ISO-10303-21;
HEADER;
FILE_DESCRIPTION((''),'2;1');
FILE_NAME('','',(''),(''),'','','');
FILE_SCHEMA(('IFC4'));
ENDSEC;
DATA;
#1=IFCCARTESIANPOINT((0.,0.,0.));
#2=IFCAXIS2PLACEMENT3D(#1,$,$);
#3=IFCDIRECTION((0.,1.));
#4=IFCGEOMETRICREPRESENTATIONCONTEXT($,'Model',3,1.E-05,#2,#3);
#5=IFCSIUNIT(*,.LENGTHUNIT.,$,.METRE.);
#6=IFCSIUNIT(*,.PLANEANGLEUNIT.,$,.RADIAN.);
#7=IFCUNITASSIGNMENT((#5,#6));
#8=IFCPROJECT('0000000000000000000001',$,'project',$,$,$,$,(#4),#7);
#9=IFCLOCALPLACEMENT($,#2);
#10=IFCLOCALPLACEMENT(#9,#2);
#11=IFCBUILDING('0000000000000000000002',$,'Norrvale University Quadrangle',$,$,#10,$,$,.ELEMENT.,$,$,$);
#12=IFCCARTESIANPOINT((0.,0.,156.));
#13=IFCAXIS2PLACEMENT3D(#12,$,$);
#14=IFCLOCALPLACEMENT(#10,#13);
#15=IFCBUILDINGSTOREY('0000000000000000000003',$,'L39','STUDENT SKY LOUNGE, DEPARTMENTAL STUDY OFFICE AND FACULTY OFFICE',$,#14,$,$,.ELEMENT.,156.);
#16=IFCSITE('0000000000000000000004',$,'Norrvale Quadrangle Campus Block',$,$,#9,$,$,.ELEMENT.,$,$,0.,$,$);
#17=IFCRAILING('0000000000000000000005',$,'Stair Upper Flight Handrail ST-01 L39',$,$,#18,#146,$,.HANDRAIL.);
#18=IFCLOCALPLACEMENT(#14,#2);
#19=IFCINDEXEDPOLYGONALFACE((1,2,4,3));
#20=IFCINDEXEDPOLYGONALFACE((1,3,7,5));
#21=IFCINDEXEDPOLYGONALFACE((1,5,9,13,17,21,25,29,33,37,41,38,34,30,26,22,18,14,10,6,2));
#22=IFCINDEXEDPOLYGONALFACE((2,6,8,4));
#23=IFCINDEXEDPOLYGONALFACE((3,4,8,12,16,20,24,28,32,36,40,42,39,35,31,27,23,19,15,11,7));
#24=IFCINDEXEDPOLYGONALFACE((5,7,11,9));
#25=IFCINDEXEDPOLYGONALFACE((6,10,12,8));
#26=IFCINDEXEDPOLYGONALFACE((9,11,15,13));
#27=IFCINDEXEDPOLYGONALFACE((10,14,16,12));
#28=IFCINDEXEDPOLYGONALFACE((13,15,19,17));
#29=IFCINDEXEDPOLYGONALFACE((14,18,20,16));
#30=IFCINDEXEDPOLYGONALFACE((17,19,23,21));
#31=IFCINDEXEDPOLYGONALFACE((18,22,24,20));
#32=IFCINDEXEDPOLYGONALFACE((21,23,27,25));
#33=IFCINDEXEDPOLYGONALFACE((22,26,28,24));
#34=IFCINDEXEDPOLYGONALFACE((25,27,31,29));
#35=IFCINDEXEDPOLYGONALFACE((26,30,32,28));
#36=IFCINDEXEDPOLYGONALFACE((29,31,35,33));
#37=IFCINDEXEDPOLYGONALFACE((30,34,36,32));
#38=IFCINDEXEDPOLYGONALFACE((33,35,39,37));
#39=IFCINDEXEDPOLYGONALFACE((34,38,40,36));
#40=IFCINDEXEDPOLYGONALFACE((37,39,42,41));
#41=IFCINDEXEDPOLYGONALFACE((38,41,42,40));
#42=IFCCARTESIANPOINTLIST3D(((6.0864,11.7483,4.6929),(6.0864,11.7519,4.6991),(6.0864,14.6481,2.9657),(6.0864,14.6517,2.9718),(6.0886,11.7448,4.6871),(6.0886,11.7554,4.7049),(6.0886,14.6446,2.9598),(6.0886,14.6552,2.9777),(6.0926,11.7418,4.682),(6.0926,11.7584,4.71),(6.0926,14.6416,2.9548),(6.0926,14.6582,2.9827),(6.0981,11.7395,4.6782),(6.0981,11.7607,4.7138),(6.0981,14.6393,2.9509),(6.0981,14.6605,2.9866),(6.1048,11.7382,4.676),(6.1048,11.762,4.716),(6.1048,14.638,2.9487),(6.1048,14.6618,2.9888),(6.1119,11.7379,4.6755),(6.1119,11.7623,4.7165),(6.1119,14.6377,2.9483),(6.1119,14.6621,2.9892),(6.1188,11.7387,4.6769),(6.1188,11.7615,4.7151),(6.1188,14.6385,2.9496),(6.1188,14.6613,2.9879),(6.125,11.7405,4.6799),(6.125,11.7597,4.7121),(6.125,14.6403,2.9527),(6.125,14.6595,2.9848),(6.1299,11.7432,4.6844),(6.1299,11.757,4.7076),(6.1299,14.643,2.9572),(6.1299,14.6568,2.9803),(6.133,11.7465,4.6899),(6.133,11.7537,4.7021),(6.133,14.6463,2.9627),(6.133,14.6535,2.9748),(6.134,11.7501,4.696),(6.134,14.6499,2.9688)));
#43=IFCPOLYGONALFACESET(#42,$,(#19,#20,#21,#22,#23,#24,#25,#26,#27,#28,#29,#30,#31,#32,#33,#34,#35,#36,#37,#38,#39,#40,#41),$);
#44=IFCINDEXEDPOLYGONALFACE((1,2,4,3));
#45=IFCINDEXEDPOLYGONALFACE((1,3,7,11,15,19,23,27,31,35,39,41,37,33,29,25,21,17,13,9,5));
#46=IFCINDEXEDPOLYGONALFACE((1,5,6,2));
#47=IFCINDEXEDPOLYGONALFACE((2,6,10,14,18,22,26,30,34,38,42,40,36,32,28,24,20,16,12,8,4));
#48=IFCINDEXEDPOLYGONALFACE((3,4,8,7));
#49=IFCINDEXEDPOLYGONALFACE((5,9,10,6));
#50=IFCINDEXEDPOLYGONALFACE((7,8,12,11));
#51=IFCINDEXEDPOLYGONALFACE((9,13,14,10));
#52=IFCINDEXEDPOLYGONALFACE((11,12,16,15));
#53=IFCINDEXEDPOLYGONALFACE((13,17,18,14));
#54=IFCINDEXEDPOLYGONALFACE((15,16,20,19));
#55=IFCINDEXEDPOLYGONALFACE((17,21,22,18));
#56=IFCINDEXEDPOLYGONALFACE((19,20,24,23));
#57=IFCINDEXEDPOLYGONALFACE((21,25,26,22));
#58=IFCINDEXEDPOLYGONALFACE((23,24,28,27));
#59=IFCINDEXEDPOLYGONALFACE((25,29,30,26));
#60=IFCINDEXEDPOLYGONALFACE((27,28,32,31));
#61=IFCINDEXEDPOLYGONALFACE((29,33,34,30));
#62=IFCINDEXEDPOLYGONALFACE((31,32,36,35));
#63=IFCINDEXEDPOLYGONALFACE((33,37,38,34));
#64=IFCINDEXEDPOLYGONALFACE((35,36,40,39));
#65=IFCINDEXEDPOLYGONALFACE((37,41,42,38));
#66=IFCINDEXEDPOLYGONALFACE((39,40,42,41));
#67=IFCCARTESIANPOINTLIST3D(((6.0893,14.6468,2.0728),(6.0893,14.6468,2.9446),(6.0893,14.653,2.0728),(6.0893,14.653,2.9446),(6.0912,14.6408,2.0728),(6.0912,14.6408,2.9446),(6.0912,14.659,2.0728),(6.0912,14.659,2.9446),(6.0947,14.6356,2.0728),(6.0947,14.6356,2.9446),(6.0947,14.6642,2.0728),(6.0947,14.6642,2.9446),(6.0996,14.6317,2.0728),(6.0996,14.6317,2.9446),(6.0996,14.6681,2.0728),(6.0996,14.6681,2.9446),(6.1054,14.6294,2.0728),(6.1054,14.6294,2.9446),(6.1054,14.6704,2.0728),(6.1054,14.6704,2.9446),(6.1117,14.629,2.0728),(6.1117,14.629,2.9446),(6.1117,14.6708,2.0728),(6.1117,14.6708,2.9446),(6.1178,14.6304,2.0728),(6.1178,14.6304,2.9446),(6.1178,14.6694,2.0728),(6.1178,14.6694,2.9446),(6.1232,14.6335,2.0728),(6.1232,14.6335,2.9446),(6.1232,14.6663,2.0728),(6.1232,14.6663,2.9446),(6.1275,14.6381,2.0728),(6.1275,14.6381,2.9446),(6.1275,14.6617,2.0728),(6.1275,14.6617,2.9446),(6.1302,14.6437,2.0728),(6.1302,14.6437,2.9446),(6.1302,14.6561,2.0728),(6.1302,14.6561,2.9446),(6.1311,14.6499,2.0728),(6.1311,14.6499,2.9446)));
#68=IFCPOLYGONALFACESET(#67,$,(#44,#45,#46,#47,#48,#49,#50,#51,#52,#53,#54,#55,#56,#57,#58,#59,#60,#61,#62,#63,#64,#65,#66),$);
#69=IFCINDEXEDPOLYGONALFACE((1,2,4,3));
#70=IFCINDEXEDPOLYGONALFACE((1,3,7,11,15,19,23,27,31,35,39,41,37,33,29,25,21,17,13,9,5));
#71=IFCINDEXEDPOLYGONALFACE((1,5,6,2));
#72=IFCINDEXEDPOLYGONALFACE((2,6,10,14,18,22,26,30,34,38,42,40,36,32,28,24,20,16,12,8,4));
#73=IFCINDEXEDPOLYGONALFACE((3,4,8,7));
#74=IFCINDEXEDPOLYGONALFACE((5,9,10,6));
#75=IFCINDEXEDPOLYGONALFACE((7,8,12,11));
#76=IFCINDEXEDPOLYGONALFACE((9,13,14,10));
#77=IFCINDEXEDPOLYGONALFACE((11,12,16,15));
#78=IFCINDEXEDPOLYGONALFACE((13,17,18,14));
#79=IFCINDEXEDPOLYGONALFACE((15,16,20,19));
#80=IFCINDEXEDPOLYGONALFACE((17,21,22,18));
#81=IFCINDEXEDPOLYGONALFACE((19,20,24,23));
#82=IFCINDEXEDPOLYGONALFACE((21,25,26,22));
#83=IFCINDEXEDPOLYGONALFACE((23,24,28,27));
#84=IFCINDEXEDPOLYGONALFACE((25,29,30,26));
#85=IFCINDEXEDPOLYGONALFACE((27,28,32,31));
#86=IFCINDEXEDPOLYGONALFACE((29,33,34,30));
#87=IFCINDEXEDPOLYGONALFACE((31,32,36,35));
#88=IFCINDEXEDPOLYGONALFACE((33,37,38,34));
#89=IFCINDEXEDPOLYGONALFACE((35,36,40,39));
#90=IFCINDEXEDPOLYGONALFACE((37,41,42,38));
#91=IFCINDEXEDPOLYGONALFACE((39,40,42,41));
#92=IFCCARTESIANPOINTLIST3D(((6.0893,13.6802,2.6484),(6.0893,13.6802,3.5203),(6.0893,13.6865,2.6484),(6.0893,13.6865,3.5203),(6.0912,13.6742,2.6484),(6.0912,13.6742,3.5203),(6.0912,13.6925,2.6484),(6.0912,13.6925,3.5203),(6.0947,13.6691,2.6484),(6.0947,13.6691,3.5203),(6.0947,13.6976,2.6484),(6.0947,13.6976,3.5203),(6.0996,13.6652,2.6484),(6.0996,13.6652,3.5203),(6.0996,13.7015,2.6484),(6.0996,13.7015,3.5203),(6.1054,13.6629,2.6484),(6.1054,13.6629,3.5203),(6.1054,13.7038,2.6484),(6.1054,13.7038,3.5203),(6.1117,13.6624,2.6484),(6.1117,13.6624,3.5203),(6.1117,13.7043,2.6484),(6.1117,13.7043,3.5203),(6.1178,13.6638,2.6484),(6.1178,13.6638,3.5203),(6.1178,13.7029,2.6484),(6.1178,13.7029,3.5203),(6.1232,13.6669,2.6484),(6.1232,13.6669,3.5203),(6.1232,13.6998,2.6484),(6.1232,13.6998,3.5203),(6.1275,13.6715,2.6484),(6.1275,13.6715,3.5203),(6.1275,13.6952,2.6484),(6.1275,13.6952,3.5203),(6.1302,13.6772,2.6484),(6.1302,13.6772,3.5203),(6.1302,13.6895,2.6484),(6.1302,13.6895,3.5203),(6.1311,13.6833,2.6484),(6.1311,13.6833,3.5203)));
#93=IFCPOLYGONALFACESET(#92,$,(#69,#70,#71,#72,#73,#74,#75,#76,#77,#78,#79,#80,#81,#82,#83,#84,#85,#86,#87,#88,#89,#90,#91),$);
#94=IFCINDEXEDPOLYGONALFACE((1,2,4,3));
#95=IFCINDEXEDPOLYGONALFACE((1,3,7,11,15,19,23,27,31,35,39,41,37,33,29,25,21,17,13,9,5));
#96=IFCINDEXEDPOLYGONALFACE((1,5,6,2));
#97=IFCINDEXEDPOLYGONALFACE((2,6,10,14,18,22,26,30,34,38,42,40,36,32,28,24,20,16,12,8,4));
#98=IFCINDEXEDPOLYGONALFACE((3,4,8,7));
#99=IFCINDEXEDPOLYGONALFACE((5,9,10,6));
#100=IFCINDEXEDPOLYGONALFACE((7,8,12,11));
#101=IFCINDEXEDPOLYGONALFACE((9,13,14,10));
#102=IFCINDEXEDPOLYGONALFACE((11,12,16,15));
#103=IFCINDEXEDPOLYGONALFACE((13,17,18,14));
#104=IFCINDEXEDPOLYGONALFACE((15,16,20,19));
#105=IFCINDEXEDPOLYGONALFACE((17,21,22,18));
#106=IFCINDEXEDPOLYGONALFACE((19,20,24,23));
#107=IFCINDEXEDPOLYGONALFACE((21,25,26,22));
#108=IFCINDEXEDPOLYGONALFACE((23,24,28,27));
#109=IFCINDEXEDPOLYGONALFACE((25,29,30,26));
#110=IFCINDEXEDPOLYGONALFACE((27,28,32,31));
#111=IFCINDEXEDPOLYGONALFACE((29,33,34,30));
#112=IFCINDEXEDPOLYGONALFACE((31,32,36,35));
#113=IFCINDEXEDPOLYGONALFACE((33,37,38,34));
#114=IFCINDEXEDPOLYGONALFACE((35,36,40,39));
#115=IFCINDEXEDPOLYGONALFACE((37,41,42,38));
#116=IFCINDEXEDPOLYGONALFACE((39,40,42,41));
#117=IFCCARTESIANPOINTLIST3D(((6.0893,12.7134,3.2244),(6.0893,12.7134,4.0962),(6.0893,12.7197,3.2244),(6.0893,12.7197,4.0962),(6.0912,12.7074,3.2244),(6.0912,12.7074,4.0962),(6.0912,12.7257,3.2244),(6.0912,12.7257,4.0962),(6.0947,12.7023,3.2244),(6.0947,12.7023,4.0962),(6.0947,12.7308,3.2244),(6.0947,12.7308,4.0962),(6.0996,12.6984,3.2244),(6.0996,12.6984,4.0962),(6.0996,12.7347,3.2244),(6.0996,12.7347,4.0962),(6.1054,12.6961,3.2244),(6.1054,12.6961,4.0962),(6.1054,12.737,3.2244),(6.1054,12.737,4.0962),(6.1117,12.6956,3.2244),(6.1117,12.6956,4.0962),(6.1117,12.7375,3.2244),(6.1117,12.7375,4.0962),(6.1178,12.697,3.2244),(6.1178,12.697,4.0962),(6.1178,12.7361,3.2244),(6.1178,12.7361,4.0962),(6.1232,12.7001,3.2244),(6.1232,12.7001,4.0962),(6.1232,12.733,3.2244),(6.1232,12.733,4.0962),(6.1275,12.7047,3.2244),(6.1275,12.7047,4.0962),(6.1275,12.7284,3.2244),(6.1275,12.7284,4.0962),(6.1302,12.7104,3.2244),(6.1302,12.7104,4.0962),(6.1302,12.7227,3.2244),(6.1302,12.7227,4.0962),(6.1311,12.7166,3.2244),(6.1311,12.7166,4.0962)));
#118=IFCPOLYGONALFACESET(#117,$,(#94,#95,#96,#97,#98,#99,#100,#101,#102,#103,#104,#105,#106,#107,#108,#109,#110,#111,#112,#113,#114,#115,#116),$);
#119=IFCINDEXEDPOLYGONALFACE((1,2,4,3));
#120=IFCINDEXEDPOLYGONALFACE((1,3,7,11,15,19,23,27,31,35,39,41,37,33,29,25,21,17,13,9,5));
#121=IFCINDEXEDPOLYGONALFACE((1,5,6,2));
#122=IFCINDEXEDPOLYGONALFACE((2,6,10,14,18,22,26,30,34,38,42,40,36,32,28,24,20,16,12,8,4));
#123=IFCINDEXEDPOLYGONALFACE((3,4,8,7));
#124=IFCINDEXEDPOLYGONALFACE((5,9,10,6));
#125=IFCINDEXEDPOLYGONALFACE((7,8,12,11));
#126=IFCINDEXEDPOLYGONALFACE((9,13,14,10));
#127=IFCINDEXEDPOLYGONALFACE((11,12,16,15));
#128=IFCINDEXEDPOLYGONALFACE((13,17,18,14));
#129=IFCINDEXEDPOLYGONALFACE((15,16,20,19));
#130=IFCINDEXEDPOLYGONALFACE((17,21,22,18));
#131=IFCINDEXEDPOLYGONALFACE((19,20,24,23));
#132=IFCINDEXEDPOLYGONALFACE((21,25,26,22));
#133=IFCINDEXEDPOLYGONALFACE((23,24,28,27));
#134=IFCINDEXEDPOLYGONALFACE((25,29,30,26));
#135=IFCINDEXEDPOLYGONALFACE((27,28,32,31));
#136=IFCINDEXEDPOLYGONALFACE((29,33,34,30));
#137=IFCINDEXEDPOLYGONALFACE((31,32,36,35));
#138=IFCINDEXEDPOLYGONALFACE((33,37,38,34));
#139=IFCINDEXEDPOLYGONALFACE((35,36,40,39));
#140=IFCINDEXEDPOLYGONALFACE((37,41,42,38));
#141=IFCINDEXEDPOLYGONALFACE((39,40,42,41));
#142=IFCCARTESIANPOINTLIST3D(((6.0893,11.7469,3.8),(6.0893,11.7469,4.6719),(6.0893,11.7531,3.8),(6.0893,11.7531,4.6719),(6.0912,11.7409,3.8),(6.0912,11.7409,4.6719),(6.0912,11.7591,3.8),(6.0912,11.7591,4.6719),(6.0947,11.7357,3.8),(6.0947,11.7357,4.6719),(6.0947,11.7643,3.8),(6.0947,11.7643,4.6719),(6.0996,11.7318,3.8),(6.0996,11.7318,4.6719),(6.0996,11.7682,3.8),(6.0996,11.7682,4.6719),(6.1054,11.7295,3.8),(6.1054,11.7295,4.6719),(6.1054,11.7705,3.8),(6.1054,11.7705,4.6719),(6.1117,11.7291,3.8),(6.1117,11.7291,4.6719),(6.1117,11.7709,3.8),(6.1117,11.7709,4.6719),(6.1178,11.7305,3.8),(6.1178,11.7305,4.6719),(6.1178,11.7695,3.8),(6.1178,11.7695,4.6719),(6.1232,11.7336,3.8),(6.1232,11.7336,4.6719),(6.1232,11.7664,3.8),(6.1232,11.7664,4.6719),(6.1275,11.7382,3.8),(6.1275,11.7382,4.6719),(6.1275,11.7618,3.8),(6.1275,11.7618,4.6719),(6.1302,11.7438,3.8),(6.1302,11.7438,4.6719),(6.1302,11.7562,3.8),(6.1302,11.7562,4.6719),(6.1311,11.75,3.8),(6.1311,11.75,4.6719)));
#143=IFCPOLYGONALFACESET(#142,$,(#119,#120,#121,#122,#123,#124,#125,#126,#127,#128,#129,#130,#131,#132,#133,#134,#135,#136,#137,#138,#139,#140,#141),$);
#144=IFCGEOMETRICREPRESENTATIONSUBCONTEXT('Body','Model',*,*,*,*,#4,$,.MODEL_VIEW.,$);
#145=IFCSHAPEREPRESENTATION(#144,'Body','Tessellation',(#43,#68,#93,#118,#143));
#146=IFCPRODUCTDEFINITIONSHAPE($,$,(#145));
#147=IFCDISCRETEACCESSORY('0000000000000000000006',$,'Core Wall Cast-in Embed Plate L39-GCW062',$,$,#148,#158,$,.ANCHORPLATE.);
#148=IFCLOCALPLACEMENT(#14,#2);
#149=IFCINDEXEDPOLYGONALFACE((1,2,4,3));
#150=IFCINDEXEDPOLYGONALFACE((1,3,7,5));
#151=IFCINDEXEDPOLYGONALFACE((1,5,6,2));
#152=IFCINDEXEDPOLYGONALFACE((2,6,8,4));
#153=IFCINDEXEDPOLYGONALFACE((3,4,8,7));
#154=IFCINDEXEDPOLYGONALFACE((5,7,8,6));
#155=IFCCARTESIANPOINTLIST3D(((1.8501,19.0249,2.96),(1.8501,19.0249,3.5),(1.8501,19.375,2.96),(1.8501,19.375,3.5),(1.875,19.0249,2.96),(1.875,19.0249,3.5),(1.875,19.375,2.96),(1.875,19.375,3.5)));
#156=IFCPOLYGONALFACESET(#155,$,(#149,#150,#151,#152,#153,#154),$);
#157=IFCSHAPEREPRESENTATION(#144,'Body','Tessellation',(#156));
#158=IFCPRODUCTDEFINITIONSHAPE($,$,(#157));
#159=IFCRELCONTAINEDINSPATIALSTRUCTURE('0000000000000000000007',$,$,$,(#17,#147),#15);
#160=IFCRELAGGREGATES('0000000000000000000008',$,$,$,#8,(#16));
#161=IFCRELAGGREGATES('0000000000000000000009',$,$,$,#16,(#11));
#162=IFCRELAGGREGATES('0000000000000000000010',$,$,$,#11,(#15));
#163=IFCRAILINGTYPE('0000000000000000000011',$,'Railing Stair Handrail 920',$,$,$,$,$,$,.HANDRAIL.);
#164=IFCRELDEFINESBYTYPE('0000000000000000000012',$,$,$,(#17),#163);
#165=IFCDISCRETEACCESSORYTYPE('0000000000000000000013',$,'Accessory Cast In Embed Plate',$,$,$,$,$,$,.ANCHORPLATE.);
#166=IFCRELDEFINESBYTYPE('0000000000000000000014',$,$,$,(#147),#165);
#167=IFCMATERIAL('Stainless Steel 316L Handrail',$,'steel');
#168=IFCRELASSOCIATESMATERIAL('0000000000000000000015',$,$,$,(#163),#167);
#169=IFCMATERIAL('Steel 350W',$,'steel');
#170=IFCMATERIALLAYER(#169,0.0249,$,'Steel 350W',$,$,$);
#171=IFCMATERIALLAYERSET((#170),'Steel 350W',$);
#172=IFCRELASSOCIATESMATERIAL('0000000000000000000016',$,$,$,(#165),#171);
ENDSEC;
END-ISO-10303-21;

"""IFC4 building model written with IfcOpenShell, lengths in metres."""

from ifc_helpers import new_model, si_unit, direction, frame, origin, origin_2d, place, context, subcontext, project, spatial, rectangle, circle, extrude, material, layer, layer_set, type_object, element, save


model = new_model("IFC4")

# Units and contexts
model_context = context("Model", 3, precision=1e-05, world=origin(), true_north=direction((0.0, 1.0)))
body_context = subcontext(model_context, "Body", "Model", "MODEL_VIEW")
ifc_project = project(units=[si_unit("LENGTHUNIT", "METRE"), si_unit("PLANEANGLEUNIT", "RADIAN")], contexts=[model_context])

# Site, building, storey
site_placement = place(None, origin())
site = spatial("IfcSite", under=ifc_project, at=site_placement, Name="Norrvale Quadrangle Campus Block", CompositionType="ELEMENT", RefElevation=0.0)
building_placement = place(site_placement, origin())
building = spatial("IfcBuilding", under=site, at=building_placement, Name="Norrvale University Quadrangle", CompositionType="ELEMENT")
storey_placement = place(building_placement, frame((0.0, 0.0, 156.0)))
storey = spatial("IfcBuildingStorey", under=building, at=storey_placement, Name="L39", Description="STUDENT SKY LOUNGE, DEPARTMENTAL STUDY OFFICE AND FACULTY OFFICE", CompositionType="ELEMENT", Elevation=156.0)

# Shared definitions
ifc_material_1 = material(Name="Steel 350W", Category="steel")

# Railing
ifc_material_2 = material(Name="Stainless Steel 316L Handrail", Category="steel")
railing_type_1 = type_object("IfcRailingType", Name="Railing Stair Handrail 920", PredefinedType="HANDRAIL", material=ifc_material_2)
railing_1_placement = place(storey_placement, frame((6.1101, 14.6499, 2.0728)))
element("IfcRailing", 1, at=railing_1_placement, inside=storey, type_object=railing_type_1, Name="Stair Upper Flight Handrail ST-01 L39", PredefinedType="HANDRAIL", context=body_context, shape_type="SweptSolid", body=[
    extrude(circle(Radius=0.0239, at=origin_2d()), frame((0.0, 0.0, 0.896), z_axis=(0.0, -0.859141, 0.511738), x_axis=(1.0, 0.0, 0.0)), (0.0, 0.0, 1.0), 3.3752),
    extrude(circle(Radius=0.021, at=origin_2d()), origin(), (0.0, 0.0, 1.0), 0.8718),
    extrude(circle(Radius=0.021, at=origin_2d()), frame((0.0, -0.9666, 0.5757)), (0.0, 0.0, 1.0), 0.8718),
    extrude(circle(Radius=0.021, at=origin_2d()), frame((0.0, -1.9333, 1.1516)), (0.0, 0.0, 1.0), 0.8718),
    extrude(circle(Radius=0.021, at=origin_2d()), frame((0.0, -2.8999, 1.7273)), (0.0, 0.0, 1.0), 0.8718),
])

# Discrete accessory
ifc_layer_1 = layer(ifc_material_1, 0.0249, Name="Steel 350W")
ifc_layer_set_1 = layer_set([ifc_layer_1], Name="Steel 350W")
discrete_accessory_type = type_object("IfcDiscreteAccessoryType", Name="Accessory Cast In Embed Plate", PredefinedType="ANCHORPLATE", material=ifc_layer_set_1)
discrete_accessory_placement = place(storey_placement, frame((1.8625, 19.2, 2.96), z_axis=(0.0, 0.0, 1.0), x_axis=(1.0, 0.0, 0.0)))
element("IfcDiscreteAccessory", 2, at=discrete_accessory_placement, inside=storey, type_object=discrete_accessory_type, Name="Core Wall Cast-in Embed Plate L39-GCW062", PredefinedType="ANCHORPLATE", context=body_context, shape_type="SweptSolid", body=[
    extrude(rectangle(XDim=0.0249, YDim=0.3501, at=origin_2d()), origin(), (0.0, 0.0, 1.0), 0.54),
])

save(model, "model.ifc")
